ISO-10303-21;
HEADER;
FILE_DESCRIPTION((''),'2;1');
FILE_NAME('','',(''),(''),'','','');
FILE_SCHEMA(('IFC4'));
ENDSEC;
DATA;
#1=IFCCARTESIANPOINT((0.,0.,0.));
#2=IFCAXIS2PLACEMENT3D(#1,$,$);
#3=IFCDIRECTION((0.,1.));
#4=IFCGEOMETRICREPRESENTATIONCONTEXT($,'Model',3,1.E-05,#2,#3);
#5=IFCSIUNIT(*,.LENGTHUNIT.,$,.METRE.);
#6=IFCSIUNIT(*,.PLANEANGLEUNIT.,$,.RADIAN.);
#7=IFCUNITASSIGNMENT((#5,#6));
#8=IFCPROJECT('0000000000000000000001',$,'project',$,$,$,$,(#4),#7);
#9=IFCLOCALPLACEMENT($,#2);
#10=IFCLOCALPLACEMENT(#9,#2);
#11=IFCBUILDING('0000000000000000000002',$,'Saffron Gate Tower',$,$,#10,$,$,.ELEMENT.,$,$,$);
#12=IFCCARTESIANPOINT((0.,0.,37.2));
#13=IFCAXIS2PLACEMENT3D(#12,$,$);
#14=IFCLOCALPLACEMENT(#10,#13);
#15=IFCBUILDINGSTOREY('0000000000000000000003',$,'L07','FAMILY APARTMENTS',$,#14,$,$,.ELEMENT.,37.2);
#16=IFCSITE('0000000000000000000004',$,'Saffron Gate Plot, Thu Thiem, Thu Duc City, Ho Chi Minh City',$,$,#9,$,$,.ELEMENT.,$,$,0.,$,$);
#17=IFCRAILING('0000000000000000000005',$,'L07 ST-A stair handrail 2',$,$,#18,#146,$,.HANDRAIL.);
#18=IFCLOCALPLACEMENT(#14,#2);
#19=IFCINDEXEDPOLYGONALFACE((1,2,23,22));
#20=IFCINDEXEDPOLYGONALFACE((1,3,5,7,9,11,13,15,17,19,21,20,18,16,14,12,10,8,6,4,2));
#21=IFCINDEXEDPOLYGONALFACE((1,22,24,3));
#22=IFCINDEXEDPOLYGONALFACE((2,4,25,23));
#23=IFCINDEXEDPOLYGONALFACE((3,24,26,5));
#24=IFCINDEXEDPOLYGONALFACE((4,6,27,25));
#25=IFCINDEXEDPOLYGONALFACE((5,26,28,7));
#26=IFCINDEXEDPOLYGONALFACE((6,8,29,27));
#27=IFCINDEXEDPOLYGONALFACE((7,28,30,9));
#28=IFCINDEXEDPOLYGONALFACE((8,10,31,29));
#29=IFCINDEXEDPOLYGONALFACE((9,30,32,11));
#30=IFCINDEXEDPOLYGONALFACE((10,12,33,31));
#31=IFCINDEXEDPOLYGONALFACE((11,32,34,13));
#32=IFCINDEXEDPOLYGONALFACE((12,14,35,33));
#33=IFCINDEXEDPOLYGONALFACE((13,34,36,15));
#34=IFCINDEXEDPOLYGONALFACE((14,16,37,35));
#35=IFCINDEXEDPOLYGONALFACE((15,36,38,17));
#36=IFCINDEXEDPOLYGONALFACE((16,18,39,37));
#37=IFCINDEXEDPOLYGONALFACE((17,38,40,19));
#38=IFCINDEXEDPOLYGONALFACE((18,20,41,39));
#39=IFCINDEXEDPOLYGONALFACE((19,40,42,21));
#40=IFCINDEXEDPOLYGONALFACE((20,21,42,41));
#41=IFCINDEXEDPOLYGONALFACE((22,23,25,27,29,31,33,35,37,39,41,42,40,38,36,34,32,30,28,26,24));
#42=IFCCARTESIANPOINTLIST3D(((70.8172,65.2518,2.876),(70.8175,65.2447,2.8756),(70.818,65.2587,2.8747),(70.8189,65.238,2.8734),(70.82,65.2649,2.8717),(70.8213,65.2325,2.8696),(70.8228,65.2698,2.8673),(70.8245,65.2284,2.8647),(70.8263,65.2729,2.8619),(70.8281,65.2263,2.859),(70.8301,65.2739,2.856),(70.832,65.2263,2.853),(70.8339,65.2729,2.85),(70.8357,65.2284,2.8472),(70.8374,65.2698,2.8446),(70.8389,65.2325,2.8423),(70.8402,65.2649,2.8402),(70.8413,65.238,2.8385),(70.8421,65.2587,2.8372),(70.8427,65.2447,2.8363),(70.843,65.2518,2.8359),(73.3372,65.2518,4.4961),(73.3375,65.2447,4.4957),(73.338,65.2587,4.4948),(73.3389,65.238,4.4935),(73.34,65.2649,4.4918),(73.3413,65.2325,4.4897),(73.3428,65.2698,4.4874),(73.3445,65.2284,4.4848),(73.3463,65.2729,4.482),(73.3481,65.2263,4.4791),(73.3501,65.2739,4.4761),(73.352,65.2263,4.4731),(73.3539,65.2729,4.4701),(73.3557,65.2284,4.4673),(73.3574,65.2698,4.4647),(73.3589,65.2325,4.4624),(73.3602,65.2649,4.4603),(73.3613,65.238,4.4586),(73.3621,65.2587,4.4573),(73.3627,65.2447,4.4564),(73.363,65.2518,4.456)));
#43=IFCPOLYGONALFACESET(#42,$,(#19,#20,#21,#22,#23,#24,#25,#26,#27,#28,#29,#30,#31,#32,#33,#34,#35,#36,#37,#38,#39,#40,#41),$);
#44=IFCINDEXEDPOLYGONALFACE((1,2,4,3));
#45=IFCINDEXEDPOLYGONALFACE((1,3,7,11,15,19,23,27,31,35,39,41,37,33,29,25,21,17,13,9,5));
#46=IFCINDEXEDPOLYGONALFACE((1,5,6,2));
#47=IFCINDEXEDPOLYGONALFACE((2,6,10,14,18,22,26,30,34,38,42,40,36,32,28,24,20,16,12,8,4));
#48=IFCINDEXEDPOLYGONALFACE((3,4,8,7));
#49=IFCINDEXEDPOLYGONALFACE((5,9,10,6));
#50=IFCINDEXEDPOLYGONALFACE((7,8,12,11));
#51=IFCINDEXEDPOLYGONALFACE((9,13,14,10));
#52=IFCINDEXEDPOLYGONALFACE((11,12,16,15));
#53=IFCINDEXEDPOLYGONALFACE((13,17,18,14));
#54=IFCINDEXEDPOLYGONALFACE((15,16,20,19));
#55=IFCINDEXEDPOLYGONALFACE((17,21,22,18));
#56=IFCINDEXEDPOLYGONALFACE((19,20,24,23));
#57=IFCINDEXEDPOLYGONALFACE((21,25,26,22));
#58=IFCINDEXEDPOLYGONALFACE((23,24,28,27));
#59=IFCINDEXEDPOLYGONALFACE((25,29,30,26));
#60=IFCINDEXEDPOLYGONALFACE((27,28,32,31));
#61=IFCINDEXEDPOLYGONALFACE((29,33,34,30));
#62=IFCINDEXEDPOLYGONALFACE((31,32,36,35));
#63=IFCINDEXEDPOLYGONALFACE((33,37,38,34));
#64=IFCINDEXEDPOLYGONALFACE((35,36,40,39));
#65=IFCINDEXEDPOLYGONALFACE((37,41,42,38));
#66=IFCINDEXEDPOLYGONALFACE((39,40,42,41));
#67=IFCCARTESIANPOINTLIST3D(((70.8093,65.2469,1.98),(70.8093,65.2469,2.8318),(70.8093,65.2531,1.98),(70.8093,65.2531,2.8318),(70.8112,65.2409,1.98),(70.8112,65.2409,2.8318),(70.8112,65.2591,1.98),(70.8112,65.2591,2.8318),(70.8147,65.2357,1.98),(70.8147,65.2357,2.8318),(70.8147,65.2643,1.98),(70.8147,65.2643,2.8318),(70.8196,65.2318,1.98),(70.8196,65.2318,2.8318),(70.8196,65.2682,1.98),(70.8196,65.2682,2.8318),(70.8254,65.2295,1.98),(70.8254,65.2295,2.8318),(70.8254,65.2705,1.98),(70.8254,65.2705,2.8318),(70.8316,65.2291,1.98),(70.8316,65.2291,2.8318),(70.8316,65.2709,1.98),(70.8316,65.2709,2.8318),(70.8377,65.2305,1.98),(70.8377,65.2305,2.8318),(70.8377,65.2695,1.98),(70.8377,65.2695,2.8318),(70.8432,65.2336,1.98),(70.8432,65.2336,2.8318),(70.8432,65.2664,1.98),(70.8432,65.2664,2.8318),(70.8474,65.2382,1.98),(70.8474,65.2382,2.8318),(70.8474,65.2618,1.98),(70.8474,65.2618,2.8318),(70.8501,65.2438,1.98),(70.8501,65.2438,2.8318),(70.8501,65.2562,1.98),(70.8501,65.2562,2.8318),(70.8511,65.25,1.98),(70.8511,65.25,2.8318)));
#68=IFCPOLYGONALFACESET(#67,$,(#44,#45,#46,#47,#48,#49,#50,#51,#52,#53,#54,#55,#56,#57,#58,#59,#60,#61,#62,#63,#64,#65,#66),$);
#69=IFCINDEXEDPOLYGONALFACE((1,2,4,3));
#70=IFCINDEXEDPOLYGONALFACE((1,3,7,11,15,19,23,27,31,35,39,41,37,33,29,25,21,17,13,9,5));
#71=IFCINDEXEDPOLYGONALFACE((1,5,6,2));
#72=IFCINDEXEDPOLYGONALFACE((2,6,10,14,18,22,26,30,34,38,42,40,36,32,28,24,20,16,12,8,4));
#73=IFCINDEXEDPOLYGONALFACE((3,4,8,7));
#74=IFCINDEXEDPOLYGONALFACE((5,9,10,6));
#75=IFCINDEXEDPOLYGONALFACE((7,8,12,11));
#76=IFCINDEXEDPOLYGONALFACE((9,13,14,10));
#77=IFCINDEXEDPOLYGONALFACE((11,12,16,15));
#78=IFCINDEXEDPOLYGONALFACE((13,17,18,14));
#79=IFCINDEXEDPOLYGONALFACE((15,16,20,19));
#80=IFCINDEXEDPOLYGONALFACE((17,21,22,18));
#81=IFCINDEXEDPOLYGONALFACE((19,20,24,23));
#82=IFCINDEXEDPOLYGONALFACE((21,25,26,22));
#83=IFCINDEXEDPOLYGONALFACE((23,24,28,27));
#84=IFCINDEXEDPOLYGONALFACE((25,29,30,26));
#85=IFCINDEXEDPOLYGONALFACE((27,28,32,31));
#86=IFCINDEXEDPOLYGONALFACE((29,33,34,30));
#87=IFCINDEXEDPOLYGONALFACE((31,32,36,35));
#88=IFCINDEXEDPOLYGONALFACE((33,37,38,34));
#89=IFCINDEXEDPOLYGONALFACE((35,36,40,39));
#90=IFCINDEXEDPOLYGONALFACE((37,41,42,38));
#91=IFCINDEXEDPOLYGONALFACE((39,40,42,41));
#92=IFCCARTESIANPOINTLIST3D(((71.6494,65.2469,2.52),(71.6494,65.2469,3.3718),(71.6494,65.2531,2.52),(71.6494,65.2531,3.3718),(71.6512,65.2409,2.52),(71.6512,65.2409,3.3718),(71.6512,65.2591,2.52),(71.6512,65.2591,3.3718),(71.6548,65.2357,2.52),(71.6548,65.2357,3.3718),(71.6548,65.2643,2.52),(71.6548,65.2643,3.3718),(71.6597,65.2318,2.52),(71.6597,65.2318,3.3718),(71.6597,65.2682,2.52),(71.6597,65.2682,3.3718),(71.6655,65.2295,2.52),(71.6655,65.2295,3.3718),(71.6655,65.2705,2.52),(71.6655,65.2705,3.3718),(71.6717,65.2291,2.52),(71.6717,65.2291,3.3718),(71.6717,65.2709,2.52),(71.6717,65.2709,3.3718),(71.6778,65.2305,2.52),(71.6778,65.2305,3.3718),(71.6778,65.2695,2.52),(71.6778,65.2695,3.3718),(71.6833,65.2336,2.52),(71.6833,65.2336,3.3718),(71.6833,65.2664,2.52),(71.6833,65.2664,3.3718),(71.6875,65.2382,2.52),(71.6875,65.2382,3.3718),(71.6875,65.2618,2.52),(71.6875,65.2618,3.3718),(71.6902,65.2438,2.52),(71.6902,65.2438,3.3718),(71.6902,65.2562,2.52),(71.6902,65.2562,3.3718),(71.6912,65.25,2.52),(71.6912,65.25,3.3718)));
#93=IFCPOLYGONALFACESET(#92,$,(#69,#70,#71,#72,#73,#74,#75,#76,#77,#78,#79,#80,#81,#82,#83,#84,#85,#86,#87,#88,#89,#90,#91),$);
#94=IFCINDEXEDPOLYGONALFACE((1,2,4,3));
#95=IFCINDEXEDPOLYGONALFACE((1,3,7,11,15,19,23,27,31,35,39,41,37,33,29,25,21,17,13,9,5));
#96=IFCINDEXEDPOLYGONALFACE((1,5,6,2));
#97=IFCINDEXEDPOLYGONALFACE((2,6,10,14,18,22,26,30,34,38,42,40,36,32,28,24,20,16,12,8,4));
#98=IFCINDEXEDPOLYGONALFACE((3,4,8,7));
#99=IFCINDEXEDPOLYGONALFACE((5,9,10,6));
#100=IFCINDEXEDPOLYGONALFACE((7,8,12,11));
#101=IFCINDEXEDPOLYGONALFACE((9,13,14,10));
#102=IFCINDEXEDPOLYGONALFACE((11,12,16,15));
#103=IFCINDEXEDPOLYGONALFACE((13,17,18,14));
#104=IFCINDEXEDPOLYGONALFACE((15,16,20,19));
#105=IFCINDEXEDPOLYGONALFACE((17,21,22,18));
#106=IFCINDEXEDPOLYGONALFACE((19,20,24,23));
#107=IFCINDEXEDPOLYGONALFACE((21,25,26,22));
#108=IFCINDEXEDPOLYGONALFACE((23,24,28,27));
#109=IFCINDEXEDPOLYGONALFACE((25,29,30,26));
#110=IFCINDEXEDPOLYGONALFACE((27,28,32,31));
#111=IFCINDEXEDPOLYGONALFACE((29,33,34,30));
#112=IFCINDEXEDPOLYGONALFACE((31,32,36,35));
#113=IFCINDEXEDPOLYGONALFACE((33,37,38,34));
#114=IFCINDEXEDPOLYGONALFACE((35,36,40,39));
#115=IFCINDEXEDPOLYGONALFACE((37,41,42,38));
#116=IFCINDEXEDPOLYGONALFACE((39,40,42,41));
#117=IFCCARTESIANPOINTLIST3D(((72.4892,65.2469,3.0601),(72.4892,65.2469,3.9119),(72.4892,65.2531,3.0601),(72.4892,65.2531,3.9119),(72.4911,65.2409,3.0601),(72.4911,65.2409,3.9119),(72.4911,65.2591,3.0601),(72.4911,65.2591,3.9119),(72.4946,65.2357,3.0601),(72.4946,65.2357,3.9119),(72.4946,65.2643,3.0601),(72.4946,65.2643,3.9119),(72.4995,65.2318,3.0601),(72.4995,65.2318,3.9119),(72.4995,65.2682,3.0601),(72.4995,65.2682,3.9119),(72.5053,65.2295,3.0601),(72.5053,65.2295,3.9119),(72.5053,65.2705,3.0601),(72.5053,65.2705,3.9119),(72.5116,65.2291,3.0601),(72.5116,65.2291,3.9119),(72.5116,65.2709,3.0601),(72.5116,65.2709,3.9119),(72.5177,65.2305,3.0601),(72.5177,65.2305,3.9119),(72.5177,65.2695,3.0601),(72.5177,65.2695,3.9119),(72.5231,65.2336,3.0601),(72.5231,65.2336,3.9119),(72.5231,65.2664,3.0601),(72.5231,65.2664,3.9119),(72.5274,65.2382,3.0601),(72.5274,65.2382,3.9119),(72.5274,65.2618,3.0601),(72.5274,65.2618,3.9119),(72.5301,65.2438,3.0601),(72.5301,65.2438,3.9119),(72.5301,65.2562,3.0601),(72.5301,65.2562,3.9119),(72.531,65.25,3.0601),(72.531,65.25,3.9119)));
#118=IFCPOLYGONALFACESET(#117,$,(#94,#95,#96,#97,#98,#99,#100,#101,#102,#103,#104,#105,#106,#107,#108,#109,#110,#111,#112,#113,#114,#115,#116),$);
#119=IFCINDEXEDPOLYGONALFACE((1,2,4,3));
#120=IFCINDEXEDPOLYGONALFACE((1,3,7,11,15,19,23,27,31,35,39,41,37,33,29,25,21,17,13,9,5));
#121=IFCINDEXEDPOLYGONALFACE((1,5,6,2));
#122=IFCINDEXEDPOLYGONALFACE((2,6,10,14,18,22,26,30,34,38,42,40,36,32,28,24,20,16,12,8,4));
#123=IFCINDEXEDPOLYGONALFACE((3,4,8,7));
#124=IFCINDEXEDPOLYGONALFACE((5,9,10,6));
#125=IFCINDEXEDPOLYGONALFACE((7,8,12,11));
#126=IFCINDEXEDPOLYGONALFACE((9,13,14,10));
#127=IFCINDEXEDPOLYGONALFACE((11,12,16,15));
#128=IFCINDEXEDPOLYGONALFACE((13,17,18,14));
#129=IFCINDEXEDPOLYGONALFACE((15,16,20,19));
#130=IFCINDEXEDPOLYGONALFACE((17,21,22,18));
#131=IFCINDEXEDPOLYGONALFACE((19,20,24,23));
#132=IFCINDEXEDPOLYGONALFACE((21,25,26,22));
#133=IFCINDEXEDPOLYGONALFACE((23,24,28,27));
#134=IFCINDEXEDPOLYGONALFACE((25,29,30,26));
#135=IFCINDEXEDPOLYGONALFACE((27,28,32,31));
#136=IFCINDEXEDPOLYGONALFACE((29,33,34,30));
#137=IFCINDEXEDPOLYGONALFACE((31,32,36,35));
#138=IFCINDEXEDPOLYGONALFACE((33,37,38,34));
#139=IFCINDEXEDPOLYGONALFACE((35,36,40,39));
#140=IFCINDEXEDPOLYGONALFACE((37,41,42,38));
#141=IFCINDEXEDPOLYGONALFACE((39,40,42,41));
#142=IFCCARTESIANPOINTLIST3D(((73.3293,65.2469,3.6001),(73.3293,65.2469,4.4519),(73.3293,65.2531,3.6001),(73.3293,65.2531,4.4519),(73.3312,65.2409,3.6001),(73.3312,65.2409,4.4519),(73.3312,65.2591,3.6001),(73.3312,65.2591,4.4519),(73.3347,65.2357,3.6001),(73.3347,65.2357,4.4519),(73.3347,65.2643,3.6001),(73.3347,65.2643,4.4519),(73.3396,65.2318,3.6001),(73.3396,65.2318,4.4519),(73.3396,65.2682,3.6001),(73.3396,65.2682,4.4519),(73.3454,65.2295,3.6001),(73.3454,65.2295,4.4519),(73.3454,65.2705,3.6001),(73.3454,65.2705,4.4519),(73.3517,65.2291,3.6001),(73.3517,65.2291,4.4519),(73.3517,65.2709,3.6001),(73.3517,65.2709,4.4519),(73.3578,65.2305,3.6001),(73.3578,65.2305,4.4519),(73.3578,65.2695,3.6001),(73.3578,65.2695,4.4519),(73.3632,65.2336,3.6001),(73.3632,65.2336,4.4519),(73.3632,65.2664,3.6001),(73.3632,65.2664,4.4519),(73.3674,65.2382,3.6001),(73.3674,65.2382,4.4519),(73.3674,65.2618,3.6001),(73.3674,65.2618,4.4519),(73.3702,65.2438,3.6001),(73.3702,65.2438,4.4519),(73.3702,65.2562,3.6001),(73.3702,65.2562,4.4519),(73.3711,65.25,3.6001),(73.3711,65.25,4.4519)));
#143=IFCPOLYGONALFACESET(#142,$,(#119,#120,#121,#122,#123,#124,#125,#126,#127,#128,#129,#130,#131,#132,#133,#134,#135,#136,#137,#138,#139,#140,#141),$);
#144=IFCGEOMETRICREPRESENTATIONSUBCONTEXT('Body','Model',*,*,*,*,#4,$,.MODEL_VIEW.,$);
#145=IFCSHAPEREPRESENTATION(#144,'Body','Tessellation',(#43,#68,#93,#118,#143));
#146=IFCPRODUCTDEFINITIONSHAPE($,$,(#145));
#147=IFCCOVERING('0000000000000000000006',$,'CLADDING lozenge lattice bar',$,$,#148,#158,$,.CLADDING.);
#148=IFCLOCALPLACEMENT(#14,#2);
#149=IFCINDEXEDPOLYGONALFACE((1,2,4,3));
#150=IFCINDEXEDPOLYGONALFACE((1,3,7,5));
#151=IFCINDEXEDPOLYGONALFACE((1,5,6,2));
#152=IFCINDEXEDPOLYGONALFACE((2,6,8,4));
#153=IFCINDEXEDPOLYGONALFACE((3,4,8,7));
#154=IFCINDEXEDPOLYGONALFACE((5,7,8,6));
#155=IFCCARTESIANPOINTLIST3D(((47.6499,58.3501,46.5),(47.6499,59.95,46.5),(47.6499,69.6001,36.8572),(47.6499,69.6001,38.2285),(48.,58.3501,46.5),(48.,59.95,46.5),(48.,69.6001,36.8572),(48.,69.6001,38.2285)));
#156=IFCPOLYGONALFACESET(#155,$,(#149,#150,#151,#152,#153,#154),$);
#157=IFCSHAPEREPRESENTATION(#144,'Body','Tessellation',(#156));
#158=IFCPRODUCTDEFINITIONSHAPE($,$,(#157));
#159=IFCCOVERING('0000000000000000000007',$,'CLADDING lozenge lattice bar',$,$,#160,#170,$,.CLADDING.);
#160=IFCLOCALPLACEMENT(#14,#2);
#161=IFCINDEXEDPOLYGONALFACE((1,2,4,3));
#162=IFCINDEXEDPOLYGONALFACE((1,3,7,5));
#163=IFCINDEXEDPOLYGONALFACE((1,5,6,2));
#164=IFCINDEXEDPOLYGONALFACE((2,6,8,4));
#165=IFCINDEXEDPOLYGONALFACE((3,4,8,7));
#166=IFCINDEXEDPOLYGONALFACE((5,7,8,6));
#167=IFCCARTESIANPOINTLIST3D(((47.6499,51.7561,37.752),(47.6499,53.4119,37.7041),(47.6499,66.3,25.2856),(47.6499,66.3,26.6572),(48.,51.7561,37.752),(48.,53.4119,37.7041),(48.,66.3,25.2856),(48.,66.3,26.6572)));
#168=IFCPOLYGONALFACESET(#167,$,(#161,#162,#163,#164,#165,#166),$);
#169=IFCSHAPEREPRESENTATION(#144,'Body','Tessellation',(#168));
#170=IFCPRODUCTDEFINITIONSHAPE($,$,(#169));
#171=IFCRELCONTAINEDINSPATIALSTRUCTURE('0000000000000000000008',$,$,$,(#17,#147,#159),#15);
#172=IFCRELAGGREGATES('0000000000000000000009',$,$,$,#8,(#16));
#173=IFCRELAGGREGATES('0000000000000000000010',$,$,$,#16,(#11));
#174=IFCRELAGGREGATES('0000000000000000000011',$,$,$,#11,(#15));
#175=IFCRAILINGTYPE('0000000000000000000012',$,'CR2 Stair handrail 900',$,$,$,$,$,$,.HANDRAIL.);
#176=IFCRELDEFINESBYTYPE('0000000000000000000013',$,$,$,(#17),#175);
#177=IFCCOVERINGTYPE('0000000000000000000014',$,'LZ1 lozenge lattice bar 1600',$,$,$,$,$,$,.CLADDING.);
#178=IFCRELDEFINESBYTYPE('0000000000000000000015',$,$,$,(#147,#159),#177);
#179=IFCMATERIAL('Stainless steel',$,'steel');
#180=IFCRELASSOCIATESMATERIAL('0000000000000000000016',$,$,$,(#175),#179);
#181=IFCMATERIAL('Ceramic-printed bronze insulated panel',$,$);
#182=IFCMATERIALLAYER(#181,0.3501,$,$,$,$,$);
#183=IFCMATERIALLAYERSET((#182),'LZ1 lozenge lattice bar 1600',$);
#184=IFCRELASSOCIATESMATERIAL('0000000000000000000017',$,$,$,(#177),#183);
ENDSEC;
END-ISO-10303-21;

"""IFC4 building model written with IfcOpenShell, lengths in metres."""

from ifc_helpers import new_model, si_unit, direction, frame, origin, origin_2d, place, context, subcontext, project, spatial, polyline, circle, outline, extrude, material, layer, layer_set, type_object, element, save


model = new_model("IFC4")

# Units and contexts
model_context = context("Model", 3, precision=1e-05, world=origin(), true_north=direction((0.0, 1.0)))
body_context = subcontext(model_context, "Body", "Model", "MODEL_VIEW")
ifc_project = project(units=[si_unit("LENGTHUNIT", "METRE"), si_unit("PLANEANGLEUNIT", "RADIAN")], contexts=[model_context])

# Site, building, storey
site_placement = place(None, origin())
site = spatial("IfcSite", under=ifc_project, at=site_placement, Name="Saffron Gate Plot, Thu Thiem, Thu Duc City, Ho Chi Minh City", CompositionType="ELEMENT", RefElevation=0.0)
building_placement = place(site_placement, origin())
building = spatial("IfcBuilding", under=site, at=building_placement, Name="Saffron Gate Tower", CompositionType="ELEMENT")
storey_placement = place(building_placement, frame((0.0, 0.0, 37.2)))
storey = spatial("IfcBuildingStorey", under=building, at=storey_placement, Name="L07", Description="FAMILY APARTMENTS", CompositionType="ELEMENT", Elevation=37.2)

# Railing
ifc_material_1 = material(Name="Stainless steel", Category="steel")
railing_type = type_object("IfcRailingType", Name="CR2 Stair handrail 900", PredefinedType="HANDRAIL", material=ifc_material_1)
railing_1_placement = place(storey_placement, frame((70.8301, 65.25, 1.98)))
element("IfcRailing", 1, at=railing_1_placement, inside=storey, type_object=railing_type, Name="L07 ST-A stair handrail 2", PredefinedType="HANDRAIL", context=body_context, shape_type="SweptSolid", body=[
    extrude(circle(Radius=0.0239, at=origin_2d()), frame((0.0, 0.0, 0.876), z_axis=(0.841163, 0.0, 0.540782), x_axis=(0.0, 1.0, 0.0)), (0.0, 0.0, 1.0), 2.9958),
    extrude(circle(Radius=0.021, at=origin_2d()), origin(), (0.0, 0.0, 1.0), 0.8518),
    extrude(circle(Radius=0.021, at=origin_2d()), frame((0.8401, 0.0, 0.54)), (0.0, 0.0, 1.0), 0.8518),
    extrude(circle(Radius=0.021, at=origin_2d()), frame((1.6799, 0.0, 1.0801)), (0.0, 0.0, 1.0), 0.8518),
    extrude(circle(Radius=0.021, at=origin_2d()), frame((2.52, 0.0, 1.6201)), (0.0, 0.0, 1.0), 0.8518),
])

# Coverings
ifc_material_2 = material(Name="Ceramic-printed bronze insulated panel")
ifc_layer_1 = layer(ifc_material_2, 0.3501)
ifc_layer_set_1 = layer_set([ifc_layer_1], Name="LZ1 lozenge lattice bar 1600")
covering_type = type_object("IfcCoveringType", Name="LZ1 lozenge lattice bar 1600", PredefinedType="CLADDING", material=ifc_layer_set_1)
covering_1_placement = place(storey_placement, frame((47.6499, 69.6001, 36.8572), z_axis=(-1.0, 0.0, 0.0), x_axis=(0.0, -0.759258, 0.65079)))
element("IfcCovering", 2, at=covering_1_placement, inside=storey, type_object=covering_type, Name="CLADDING lozenge lattice bar", PredefinedType="CLADDING", context=body_context, shape_type="SweptSolid", body=[
    extrude(outline(polyline([(0.0, 0.0), (14.8171, 0.0), (13.6024, 1.0412), (0.8925, 1.0412), (0.0, 0.0)])), origin(), (0.0, 0.0, -1.0), 0.3501),
])
covering_2_placement = place(storey_placement, frame((47.6499, 66.3, 26.6572), z_axis=(-1.0, 0.0, 0.0), x_axis=(0.0, 0.0, -1.0)))
element("IfcCovering", 3, at=covering_2_placement, inside=storey, type_object=covering_type, Name="CLADDING lozenge lattice bar", PredefinedType="CLADDING", context=body_context, shape_type="SweptSolid", body=[
    extrude(outline(polyline([(0.0, 0.0), (1.3716, 0.0), (-11.0947, 14.5439), (-11.0469, 12.8882), (0.0, 0.0)])), origin(), (0.0, 0.0, -1.0), 0.3501),
])

save(model, "model.ifc")
